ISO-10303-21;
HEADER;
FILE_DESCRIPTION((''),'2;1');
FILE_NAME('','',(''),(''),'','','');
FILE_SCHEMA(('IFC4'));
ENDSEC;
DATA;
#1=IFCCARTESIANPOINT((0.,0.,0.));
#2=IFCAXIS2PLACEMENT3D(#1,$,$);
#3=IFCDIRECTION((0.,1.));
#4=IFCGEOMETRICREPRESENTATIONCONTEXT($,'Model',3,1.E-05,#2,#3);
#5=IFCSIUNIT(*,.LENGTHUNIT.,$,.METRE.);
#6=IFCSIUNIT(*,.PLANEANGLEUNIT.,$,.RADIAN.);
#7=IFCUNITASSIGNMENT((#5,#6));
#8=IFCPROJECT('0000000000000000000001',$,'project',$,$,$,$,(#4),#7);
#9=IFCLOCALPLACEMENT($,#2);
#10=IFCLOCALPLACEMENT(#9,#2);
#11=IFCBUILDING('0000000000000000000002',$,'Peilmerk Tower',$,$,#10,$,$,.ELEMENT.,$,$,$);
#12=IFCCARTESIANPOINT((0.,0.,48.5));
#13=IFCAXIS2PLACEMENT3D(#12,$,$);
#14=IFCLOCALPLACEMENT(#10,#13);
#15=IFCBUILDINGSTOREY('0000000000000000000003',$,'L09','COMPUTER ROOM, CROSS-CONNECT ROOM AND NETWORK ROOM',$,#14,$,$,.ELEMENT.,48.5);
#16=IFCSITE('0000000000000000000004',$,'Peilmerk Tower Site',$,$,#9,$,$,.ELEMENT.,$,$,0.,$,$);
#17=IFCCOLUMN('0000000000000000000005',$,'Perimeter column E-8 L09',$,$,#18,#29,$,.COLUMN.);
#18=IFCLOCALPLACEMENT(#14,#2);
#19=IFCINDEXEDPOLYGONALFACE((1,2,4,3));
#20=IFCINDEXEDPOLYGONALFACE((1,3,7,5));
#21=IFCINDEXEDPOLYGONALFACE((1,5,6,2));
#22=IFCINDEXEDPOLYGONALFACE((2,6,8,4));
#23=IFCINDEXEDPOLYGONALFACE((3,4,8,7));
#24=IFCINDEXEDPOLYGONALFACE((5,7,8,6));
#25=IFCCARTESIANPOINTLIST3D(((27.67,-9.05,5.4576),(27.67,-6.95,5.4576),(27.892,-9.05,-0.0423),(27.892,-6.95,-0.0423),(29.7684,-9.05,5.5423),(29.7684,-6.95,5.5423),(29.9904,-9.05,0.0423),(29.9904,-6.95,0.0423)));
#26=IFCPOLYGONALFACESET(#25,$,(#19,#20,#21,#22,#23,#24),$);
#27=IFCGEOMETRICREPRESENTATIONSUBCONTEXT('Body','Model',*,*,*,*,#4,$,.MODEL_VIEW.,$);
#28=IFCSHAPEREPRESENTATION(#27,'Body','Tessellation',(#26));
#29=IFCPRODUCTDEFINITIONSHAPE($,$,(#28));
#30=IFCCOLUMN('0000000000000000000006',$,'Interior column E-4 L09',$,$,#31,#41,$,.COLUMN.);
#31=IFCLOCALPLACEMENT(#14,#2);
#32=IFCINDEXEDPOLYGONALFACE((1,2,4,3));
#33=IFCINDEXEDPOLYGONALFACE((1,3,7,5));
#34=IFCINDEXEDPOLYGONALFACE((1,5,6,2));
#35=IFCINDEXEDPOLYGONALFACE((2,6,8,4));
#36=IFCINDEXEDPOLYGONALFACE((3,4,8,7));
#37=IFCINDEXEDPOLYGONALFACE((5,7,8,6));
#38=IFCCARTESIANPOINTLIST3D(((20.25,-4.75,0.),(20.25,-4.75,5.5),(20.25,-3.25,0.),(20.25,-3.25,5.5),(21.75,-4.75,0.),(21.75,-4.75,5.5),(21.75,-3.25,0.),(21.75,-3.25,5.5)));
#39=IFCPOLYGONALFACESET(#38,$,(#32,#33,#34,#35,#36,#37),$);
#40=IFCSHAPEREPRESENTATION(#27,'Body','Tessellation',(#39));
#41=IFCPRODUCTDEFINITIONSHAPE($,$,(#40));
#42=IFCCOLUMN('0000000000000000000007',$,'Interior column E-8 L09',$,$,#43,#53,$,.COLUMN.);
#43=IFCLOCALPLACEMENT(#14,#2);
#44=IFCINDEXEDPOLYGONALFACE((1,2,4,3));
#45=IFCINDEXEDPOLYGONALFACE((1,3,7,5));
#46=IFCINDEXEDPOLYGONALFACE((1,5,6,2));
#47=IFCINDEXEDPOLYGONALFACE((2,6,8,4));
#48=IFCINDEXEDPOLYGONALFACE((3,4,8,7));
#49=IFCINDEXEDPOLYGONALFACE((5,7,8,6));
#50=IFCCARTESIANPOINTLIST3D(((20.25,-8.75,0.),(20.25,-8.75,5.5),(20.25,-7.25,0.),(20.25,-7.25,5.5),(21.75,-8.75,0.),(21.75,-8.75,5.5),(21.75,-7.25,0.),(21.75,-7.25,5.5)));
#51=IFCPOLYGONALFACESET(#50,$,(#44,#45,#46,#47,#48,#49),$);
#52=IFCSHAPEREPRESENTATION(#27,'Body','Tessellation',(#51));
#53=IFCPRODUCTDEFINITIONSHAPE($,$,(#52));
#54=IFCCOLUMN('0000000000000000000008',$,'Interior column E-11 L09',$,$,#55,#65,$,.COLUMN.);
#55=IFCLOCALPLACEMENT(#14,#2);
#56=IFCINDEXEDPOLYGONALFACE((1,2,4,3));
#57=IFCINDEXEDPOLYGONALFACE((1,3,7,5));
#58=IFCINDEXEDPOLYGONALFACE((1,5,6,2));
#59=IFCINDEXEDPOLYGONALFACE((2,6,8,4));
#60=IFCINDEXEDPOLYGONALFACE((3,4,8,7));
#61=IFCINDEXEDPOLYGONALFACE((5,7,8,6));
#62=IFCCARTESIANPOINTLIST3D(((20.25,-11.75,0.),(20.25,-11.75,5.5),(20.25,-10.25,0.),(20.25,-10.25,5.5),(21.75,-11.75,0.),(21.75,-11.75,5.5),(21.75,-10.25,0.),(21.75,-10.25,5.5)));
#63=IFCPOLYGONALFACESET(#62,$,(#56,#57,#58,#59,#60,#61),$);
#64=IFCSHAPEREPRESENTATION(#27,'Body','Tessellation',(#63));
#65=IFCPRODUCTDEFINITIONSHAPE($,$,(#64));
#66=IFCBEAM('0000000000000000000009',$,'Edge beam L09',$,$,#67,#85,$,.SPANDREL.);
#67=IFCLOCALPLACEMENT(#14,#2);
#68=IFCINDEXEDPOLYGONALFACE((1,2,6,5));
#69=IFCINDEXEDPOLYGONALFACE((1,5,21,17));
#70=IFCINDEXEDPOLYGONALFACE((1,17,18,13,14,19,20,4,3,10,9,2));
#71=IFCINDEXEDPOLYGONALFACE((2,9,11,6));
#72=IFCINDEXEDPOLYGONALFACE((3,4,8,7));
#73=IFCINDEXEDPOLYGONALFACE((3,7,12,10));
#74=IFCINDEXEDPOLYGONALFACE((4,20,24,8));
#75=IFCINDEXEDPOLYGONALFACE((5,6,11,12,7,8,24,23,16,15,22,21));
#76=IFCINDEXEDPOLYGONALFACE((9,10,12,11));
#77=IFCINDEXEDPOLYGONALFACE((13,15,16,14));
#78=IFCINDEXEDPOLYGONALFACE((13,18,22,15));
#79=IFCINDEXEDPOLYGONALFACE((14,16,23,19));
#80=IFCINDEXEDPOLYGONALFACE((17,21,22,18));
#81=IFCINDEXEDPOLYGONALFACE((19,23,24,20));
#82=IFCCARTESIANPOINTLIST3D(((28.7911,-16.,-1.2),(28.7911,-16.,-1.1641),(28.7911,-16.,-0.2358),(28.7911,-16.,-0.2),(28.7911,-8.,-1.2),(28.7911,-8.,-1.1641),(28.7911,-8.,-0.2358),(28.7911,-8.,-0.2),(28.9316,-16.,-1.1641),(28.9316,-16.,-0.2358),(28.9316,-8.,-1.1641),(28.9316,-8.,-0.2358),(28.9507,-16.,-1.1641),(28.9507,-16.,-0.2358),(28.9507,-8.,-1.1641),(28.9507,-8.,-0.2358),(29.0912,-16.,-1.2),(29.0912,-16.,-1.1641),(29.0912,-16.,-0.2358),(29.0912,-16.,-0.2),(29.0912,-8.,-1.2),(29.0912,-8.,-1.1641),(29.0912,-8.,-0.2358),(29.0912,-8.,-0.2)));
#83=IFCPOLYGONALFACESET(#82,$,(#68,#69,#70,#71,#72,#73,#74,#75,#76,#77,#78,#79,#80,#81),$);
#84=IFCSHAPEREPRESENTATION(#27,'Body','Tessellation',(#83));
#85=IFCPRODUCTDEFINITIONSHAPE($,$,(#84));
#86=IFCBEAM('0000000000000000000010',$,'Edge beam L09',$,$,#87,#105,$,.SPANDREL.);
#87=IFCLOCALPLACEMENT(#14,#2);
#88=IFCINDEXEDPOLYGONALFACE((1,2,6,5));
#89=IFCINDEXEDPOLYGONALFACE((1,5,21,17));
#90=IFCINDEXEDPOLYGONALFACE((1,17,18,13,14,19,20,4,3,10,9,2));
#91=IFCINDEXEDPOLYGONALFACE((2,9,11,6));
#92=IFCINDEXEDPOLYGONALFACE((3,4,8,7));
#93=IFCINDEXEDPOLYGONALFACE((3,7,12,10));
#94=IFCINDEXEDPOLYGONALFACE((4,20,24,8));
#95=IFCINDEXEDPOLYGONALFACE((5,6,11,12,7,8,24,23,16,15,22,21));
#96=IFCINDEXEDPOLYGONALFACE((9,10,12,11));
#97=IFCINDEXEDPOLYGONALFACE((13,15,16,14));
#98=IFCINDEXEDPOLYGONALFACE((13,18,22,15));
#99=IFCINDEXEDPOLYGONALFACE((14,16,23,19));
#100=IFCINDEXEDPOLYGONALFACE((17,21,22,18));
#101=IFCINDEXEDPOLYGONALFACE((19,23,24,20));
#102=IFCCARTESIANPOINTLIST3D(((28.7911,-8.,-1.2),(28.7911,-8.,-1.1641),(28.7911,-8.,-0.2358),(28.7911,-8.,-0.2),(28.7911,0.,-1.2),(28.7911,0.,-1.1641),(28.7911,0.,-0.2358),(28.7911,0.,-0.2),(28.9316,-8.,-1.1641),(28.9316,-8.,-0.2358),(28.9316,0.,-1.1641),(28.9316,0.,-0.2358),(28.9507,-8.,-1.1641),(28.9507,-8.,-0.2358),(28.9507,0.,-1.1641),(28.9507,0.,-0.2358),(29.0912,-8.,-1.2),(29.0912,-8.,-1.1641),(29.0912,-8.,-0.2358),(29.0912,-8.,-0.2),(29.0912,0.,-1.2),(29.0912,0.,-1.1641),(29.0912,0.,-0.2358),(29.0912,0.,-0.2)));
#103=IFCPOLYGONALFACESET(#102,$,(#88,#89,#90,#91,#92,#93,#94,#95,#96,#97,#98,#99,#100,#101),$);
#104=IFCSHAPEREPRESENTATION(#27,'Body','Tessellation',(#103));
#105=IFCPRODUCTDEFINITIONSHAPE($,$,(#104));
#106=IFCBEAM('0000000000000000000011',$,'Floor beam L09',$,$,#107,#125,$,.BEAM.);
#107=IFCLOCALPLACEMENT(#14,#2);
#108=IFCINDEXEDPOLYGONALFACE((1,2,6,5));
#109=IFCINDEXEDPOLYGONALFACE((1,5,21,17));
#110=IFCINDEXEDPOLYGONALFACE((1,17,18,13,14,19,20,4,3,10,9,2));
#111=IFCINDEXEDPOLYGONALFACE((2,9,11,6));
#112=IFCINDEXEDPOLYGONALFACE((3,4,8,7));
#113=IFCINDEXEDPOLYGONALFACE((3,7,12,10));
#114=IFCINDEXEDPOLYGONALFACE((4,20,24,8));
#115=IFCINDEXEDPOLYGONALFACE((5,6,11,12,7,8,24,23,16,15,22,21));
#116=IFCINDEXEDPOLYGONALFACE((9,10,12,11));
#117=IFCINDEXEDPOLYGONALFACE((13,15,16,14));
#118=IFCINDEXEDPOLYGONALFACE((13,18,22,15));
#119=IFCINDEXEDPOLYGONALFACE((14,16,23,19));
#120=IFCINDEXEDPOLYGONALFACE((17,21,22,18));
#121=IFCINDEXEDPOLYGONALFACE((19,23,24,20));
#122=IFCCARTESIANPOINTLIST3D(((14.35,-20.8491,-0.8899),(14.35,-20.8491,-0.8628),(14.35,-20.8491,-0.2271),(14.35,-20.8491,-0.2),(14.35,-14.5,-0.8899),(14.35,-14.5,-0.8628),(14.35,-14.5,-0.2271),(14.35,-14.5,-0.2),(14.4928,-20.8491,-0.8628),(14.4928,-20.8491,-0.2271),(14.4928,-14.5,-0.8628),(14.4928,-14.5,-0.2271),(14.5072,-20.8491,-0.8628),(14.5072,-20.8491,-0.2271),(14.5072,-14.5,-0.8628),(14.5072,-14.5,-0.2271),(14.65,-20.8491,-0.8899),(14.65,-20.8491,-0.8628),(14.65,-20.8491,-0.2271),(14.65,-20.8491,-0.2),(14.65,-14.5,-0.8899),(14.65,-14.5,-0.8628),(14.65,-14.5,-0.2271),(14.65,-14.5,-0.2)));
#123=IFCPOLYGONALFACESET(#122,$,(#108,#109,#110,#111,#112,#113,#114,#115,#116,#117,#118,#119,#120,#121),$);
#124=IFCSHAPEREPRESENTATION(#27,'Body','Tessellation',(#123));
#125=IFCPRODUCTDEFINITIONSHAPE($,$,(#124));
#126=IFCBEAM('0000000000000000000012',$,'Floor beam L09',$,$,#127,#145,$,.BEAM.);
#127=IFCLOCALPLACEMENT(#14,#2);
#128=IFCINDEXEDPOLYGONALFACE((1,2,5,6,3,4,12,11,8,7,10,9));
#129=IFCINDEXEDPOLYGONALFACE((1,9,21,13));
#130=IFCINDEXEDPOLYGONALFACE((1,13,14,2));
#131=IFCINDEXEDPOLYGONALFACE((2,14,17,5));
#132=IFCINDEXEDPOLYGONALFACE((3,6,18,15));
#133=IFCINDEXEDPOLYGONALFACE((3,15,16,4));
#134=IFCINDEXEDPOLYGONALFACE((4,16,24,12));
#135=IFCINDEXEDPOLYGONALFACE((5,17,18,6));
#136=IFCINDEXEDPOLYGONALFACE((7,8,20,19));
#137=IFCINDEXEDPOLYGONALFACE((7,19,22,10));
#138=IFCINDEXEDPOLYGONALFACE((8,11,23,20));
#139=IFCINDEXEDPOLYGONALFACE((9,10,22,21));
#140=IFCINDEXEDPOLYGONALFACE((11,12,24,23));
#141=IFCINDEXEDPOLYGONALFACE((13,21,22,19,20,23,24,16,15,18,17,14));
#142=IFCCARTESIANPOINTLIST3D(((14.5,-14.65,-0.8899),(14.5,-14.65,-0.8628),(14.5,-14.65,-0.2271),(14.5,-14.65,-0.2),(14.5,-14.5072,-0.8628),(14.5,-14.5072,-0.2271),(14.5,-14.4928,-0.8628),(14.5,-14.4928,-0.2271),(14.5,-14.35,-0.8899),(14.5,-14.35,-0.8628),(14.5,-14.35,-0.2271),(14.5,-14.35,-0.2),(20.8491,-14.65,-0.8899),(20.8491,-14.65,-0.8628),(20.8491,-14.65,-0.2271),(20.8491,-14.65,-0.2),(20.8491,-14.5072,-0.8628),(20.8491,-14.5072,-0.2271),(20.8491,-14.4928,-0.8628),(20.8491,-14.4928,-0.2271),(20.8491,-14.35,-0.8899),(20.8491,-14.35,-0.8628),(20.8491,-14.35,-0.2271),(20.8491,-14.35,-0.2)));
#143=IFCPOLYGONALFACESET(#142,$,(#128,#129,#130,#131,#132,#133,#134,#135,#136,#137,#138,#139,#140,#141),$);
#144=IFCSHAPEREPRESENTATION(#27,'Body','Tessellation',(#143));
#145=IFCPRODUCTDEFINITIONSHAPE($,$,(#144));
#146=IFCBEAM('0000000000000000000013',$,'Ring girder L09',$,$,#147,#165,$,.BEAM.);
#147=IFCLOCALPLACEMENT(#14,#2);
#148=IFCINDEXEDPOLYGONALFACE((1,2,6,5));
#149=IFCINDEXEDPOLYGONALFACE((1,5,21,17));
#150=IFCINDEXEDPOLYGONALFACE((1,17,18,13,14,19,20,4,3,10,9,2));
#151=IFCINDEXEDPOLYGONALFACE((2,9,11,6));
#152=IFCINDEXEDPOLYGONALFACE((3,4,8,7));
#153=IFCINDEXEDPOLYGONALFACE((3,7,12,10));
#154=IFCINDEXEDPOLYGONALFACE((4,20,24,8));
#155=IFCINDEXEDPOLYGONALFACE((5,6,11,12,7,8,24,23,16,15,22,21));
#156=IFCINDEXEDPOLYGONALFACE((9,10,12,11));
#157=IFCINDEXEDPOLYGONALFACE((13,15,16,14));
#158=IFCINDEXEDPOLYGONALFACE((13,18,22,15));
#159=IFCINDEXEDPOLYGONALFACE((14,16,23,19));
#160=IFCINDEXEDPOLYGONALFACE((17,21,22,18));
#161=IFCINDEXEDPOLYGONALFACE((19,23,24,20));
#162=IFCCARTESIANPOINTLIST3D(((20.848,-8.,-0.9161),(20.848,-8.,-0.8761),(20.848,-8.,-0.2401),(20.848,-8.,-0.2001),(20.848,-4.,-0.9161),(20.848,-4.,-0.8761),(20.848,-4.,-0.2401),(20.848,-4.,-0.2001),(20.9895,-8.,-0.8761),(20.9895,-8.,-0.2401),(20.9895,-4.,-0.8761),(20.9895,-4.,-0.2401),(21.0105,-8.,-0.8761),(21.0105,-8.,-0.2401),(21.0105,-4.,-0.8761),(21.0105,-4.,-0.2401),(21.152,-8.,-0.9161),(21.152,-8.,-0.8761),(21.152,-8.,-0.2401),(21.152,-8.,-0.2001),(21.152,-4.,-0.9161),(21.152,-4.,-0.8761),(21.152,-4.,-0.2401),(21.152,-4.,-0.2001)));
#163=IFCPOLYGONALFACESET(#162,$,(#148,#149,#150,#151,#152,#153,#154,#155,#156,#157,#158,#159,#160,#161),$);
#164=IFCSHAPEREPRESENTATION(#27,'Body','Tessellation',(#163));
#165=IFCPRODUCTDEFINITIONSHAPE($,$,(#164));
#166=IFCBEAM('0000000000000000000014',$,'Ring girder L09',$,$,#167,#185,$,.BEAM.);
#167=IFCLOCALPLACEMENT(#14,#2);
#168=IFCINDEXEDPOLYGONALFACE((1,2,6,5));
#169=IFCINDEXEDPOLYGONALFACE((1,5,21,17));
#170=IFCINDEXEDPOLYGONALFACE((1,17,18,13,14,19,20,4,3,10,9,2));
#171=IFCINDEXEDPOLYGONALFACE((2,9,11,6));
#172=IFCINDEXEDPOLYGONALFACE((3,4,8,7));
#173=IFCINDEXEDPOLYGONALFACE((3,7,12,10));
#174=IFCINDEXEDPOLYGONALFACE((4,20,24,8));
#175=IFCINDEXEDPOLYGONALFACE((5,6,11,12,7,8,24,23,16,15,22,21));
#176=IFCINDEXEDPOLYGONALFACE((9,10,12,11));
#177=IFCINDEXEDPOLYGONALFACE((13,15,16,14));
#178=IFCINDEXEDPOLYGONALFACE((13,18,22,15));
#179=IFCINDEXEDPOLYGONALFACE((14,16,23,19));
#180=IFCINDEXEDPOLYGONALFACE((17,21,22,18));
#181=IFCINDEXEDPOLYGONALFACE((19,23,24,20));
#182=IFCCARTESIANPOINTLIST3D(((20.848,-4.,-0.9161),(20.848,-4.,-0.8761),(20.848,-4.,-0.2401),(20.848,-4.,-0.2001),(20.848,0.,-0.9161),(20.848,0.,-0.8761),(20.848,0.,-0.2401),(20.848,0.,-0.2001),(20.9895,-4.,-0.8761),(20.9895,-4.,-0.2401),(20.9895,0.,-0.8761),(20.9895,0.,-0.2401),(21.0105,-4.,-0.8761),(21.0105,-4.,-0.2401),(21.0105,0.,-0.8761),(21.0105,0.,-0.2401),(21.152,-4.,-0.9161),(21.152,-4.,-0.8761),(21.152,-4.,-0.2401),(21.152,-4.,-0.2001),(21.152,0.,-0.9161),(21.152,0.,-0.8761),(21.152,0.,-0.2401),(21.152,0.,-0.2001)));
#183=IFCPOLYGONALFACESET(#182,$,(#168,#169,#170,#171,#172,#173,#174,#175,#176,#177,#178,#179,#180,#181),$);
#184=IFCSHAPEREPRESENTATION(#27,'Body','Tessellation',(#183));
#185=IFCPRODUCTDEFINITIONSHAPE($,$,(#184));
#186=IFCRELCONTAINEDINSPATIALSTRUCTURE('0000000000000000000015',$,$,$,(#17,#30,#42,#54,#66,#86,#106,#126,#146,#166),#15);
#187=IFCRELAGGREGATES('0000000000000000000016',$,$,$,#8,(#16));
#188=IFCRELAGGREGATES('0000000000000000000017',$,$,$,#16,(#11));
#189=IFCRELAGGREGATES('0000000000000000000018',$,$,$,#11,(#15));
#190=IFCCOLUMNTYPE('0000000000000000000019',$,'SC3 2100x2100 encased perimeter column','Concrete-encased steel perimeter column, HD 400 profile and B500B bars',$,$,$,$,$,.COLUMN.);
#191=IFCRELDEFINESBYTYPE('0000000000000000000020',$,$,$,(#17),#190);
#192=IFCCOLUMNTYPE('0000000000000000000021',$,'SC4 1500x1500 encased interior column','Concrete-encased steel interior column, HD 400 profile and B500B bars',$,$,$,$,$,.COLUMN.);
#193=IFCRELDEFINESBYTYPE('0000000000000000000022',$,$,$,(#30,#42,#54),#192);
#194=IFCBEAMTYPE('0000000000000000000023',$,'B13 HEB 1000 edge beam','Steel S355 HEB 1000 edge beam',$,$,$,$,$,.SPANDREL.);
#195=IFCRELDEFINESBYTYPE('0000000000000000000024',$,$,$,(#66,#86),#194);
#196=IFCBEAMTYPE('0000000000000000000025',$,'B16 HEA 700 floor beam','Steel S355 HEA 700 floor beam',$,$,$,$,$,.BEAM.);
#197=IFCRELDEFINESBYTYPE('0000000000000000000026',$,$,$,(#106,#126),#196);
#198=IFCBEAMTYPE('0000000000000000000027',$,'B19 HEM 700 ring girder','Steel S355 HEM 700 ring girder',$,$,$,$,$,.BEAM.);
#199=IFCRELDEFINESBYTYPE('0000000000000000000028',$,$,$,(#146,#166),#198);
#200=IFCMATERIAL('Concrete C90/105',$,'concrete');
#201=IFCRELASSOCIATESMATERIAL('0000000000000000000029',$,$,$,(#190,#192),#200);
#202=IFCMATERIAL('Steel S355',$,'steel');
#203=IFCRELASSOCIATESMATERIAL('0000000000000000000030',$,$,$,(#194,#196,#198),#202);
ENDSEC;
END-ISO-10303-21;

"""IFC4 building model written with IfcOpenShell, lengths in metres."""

from ifc_helpers import new_model, si_unit, direction, frame, origin, origin_2d, place, context, subcontext, project, spatial, rectangle, i_section, extrude, material, material_profile, profile_set, type_object, element, save


model = new_model("IFC4")

# Units and contexts
model_context = context("Model", 3, precision=1e-05, world=origin(), true_north=direction((0.0, 1.0)))
body_context = subcontext(model_context, "Body", "Model", "MODEL_VIEW")
ifc_project = project(units=[si_unit("LENGTHUNIT", "METRE"), si_unit("PLANEANGLEUNIT", "RADIAN")], contexts=[model_context])

# Site, building, storey
site_placement = place(None, origin())
site = spatial("IfcSite", under=ifc_project, at=site_placement, Name="Peilmerk Tower Site", CompositionType="ELEMENT", RefElevation=0.0)
building_placement = place(site_placement, origin())
building = spatial("IfcBuilding", under=site, at=building_placement, Name="Peilmerk Tower", CompositionType="ELEMENT")
storey_placement = place(building_placement, frame((0.0, 0.0, 48.5)))
storey = spatial("IfcBuildingStorey", under=building, at=storey_placement, Name="L09", Description="COMPUTER ROOM, CROSS-CONNECT ROOM AND NETWORK ROOM", CompositionType="ELEMENT", Elevation=48.5)

# Columns
ifc_material_1 = material(Name="Concrete C90/105", Category="concrete")
ifc_material_profile_1 = material_profile(ifc_material_1, rectangle(XDim=2.1001, YDim=2.1001, at=origin_2d()), Name="RC 2100x2100")
ifc_profile_set_1 = profile_set([ifc_material_profile_1], Name="Concrete C90/105")
column_type_1 = type_object("IfcColumnType", Name="SC3 2100x2100 encased perimeter column", Description="Concrete-encased steel perimeter column, HD 400 profile and B500B bars", PredefinedType="COLUMN", material=ifc_profile_set_1)
column_placement = place(storey_placement, frame((28.9412, -8.0, 0.0), z_axis=(-0.040317, 0.0, 0.999187), x_axis=(0.0, -1.0, 0.0)))
element("IfcColumn", 1, at=column_placement, inside=storey, type_object=column_type_1, Name="Perimeter column E-8 L09", PredefinedType="COLUMN", context=body_context, shape_type="SweptSolid", body=[
    extrude(rectangle(XDim=2.1001, YDim=2.1001, at=origin_2d()), origin(), (0.0, 0.0, 1.0), 5.5044),
])
ifc_material_profile_2 = material_profile(ifc_material_1, rectangle(XDim=1.5, YDim=1.5, at=origin_2d()), Name="RC 1500x1500")
ifc_profile_set_2 = profile_set([ifc_material_profile_2], Name="Concrete C90/105")
column_type_2 = type_object("IfcColumnType", Name="SC4 1500x1500 encased interior column", Description="Concrete-encased steel interior column, HD 400 profile and B500B bars", PredefinedType="COLUMN", material=ifc_profile_set_2)
for number, where, z_axis, x_axis, name in (
    (2, (21.0, -4.0, 0.0), (0.0, 0.0, 1.0), (1.0, 0.0, 0.0), "Interior column E-4 L09"),
    (3, (21.0, -8.0, 0.0), (0.0, 0.0, 1.0), (1.0, 0.0, 0.0), "Interior column E-8 L09"),
    (4, (21.0, -11.0, 0.0), (0.0, 0.0, 1.0), (1.0, 0.0, 0.0), "Interior column E-11 L09"),
):
    element("IfcColumn", number, at=place(storey_placement, frame(where, z_axis=z_axis, x_axis=x_axis)), inside=storey, type_object=column_type_2, Name=name, PredefinedType="COLUMN", context=body_context, shape_type="SweptSolid", body=[
        extrude(rectangle(XDim=1.5, YDim=1.5, at=origin_2d()), origin(), (0.0, 0.0, 1.0), 5.5),
    ])

# Beams
ifc_material_2 = material(Name="Steel S355", Category="steel")
ifc_material_profile_3 = material_profile(ifc_material_2, i_section(OverallWidth=0.3, OverallDepth=1.0, WebThickness=0.019, FlangeThickness=0.0359, at=origin_2d()), Name="HEB 1000")
ifc_profile_set_3 = profile_set([ifc_material_profile_3], Name="Steel S355")
beam_type_1 = type_object("IfcBeamType", Name="B13 HEB 1000 edge beam", Description="Steel S355 HEB 1000 edge beam", PredefinedType="SPANDREL", material=ifc_profile_set_3)
for number, where, z_axis, x_axis, name in (
    (5, (28.9412, -16.0, -0.7), (0.0, 1.0, 0.0), (-1.0, 0.0, 0.0), "Edge beam L09"),
    (6, (28.9412, -8.0, -0.7), (0.0, 1.0, 0.0), (-1.0, 0.0, 0.0), "Edge beam L09"),
):
    element("IfcBeam", number, at=place(storey_placement, frame(where, z_axis=z_axis, x_axis=x_axis)), inside=storey, type_object=beam_type_1, Name=name, PredefinedType="SPANDREL", context=body_context, shape_type="SweptSolid", body=[
        extrude(i_section(OverallWidth=0.3, OverallDepth=1.0, WebThickness=0.019, FlangeThickness=0.0359, at=origin_2d()), origin(), (0.0, 0.0, 1.0), 8.0),
    ])
ifc_material_profile_4 = material_profile(ifc_material_2, i_section(OverallWidth=0.3, OverallDepth=0.6899, WebThickness=0.0144, FlangeThickness=0.0271, at=origin_2d()), Name="HEA 700")
ifc_profile_set_4 = profile_set([ifc_material_profile_4], Name="Steel S355")
beam_type_2 = type_object("IfcBeamType", Name="B16 HEA 700 floor beam", Description="Steel S355 HEA 700 floor beam", PredefinedType="BEAM", material=ifc_profile_set_4)
for number, where, z_axis, x_axis, name in (
    (7, (14.5, -14.5, -0.5449), (0.0, -1.0, 0.0), (1.0, 0.0, 0.0), "Floor beam L09"),
    (8, (14.5, -14.5, -0.5449), (1.0, 0.0, 0.0), (0.0, 1.0, 0.0), "Floor beam L09"),
):
    element("IfcBeam", number, at=place(storey_placement, frame(where, z_axis=z_axis, x_axis=x_axis)), inside=storey, type_object=beam_type_2, Name=name, PredefinedType="BEAM", context=body_context, shape_type="SweptSolid", body=[
        extrude(i_section(OverallWidth=0.3, OverallDepth=0.6899, WebThickness=0.0144, FlangeThickness=0.0271, at=origin_2d()), origin(), (0.0, 0.0, 1.0), 6.3491),
    ])
ifc_material_profile_5 = material_profile(ifc_material_2, i_section(OverallWidth=0.304, OverallDepth=0.7161, WebThickness=0.021, FlangeThickness=0.04, at=origin_2d()), Name="HEM 700")
ifc_profile_set_5 = profile_set([ifc_material_profile_5], Name="Steel S355")
beam_type_3 = type_object("IfcBeamType", Name="B19 HEM 700 ring girder", Description="Steel S355 HEM 700 ring girder", PredefinedType="BEAM", material=ifc_profile_set_5)
for number, where, z_axis, x_axis, name in (
    (9, (21.0, -8.0, -0.5581), (0.0, 1.0, 0.0), (-1.0, 0.0, 0.0), "Ring girder L09"),
    (10, (21.0, -4.0, -0.5581), (0.0, 1.0, 0.0), (-1.0, 0.0, 0.0), "Ring girder L09"),
):
    element("IfcBeam", number, at=place(storey_placement, frame(where, z_axis=z_axis, x_axis=x_axis)), inside=storey, type_object=beam_type_3, Name=name, PredefinedType="BEAM", context=body_context, shape_type="SweptSolid", body=[
        extrude(i_section(OverallWidth=0.304, OverallDepth=0.7161, WebThickness=0.021, FlangeThickness=0.04, at=origin_2d()), origin(), (0.0, 0.0, 1.0), 4.0),
    ])

save(model, "model.ifc")
